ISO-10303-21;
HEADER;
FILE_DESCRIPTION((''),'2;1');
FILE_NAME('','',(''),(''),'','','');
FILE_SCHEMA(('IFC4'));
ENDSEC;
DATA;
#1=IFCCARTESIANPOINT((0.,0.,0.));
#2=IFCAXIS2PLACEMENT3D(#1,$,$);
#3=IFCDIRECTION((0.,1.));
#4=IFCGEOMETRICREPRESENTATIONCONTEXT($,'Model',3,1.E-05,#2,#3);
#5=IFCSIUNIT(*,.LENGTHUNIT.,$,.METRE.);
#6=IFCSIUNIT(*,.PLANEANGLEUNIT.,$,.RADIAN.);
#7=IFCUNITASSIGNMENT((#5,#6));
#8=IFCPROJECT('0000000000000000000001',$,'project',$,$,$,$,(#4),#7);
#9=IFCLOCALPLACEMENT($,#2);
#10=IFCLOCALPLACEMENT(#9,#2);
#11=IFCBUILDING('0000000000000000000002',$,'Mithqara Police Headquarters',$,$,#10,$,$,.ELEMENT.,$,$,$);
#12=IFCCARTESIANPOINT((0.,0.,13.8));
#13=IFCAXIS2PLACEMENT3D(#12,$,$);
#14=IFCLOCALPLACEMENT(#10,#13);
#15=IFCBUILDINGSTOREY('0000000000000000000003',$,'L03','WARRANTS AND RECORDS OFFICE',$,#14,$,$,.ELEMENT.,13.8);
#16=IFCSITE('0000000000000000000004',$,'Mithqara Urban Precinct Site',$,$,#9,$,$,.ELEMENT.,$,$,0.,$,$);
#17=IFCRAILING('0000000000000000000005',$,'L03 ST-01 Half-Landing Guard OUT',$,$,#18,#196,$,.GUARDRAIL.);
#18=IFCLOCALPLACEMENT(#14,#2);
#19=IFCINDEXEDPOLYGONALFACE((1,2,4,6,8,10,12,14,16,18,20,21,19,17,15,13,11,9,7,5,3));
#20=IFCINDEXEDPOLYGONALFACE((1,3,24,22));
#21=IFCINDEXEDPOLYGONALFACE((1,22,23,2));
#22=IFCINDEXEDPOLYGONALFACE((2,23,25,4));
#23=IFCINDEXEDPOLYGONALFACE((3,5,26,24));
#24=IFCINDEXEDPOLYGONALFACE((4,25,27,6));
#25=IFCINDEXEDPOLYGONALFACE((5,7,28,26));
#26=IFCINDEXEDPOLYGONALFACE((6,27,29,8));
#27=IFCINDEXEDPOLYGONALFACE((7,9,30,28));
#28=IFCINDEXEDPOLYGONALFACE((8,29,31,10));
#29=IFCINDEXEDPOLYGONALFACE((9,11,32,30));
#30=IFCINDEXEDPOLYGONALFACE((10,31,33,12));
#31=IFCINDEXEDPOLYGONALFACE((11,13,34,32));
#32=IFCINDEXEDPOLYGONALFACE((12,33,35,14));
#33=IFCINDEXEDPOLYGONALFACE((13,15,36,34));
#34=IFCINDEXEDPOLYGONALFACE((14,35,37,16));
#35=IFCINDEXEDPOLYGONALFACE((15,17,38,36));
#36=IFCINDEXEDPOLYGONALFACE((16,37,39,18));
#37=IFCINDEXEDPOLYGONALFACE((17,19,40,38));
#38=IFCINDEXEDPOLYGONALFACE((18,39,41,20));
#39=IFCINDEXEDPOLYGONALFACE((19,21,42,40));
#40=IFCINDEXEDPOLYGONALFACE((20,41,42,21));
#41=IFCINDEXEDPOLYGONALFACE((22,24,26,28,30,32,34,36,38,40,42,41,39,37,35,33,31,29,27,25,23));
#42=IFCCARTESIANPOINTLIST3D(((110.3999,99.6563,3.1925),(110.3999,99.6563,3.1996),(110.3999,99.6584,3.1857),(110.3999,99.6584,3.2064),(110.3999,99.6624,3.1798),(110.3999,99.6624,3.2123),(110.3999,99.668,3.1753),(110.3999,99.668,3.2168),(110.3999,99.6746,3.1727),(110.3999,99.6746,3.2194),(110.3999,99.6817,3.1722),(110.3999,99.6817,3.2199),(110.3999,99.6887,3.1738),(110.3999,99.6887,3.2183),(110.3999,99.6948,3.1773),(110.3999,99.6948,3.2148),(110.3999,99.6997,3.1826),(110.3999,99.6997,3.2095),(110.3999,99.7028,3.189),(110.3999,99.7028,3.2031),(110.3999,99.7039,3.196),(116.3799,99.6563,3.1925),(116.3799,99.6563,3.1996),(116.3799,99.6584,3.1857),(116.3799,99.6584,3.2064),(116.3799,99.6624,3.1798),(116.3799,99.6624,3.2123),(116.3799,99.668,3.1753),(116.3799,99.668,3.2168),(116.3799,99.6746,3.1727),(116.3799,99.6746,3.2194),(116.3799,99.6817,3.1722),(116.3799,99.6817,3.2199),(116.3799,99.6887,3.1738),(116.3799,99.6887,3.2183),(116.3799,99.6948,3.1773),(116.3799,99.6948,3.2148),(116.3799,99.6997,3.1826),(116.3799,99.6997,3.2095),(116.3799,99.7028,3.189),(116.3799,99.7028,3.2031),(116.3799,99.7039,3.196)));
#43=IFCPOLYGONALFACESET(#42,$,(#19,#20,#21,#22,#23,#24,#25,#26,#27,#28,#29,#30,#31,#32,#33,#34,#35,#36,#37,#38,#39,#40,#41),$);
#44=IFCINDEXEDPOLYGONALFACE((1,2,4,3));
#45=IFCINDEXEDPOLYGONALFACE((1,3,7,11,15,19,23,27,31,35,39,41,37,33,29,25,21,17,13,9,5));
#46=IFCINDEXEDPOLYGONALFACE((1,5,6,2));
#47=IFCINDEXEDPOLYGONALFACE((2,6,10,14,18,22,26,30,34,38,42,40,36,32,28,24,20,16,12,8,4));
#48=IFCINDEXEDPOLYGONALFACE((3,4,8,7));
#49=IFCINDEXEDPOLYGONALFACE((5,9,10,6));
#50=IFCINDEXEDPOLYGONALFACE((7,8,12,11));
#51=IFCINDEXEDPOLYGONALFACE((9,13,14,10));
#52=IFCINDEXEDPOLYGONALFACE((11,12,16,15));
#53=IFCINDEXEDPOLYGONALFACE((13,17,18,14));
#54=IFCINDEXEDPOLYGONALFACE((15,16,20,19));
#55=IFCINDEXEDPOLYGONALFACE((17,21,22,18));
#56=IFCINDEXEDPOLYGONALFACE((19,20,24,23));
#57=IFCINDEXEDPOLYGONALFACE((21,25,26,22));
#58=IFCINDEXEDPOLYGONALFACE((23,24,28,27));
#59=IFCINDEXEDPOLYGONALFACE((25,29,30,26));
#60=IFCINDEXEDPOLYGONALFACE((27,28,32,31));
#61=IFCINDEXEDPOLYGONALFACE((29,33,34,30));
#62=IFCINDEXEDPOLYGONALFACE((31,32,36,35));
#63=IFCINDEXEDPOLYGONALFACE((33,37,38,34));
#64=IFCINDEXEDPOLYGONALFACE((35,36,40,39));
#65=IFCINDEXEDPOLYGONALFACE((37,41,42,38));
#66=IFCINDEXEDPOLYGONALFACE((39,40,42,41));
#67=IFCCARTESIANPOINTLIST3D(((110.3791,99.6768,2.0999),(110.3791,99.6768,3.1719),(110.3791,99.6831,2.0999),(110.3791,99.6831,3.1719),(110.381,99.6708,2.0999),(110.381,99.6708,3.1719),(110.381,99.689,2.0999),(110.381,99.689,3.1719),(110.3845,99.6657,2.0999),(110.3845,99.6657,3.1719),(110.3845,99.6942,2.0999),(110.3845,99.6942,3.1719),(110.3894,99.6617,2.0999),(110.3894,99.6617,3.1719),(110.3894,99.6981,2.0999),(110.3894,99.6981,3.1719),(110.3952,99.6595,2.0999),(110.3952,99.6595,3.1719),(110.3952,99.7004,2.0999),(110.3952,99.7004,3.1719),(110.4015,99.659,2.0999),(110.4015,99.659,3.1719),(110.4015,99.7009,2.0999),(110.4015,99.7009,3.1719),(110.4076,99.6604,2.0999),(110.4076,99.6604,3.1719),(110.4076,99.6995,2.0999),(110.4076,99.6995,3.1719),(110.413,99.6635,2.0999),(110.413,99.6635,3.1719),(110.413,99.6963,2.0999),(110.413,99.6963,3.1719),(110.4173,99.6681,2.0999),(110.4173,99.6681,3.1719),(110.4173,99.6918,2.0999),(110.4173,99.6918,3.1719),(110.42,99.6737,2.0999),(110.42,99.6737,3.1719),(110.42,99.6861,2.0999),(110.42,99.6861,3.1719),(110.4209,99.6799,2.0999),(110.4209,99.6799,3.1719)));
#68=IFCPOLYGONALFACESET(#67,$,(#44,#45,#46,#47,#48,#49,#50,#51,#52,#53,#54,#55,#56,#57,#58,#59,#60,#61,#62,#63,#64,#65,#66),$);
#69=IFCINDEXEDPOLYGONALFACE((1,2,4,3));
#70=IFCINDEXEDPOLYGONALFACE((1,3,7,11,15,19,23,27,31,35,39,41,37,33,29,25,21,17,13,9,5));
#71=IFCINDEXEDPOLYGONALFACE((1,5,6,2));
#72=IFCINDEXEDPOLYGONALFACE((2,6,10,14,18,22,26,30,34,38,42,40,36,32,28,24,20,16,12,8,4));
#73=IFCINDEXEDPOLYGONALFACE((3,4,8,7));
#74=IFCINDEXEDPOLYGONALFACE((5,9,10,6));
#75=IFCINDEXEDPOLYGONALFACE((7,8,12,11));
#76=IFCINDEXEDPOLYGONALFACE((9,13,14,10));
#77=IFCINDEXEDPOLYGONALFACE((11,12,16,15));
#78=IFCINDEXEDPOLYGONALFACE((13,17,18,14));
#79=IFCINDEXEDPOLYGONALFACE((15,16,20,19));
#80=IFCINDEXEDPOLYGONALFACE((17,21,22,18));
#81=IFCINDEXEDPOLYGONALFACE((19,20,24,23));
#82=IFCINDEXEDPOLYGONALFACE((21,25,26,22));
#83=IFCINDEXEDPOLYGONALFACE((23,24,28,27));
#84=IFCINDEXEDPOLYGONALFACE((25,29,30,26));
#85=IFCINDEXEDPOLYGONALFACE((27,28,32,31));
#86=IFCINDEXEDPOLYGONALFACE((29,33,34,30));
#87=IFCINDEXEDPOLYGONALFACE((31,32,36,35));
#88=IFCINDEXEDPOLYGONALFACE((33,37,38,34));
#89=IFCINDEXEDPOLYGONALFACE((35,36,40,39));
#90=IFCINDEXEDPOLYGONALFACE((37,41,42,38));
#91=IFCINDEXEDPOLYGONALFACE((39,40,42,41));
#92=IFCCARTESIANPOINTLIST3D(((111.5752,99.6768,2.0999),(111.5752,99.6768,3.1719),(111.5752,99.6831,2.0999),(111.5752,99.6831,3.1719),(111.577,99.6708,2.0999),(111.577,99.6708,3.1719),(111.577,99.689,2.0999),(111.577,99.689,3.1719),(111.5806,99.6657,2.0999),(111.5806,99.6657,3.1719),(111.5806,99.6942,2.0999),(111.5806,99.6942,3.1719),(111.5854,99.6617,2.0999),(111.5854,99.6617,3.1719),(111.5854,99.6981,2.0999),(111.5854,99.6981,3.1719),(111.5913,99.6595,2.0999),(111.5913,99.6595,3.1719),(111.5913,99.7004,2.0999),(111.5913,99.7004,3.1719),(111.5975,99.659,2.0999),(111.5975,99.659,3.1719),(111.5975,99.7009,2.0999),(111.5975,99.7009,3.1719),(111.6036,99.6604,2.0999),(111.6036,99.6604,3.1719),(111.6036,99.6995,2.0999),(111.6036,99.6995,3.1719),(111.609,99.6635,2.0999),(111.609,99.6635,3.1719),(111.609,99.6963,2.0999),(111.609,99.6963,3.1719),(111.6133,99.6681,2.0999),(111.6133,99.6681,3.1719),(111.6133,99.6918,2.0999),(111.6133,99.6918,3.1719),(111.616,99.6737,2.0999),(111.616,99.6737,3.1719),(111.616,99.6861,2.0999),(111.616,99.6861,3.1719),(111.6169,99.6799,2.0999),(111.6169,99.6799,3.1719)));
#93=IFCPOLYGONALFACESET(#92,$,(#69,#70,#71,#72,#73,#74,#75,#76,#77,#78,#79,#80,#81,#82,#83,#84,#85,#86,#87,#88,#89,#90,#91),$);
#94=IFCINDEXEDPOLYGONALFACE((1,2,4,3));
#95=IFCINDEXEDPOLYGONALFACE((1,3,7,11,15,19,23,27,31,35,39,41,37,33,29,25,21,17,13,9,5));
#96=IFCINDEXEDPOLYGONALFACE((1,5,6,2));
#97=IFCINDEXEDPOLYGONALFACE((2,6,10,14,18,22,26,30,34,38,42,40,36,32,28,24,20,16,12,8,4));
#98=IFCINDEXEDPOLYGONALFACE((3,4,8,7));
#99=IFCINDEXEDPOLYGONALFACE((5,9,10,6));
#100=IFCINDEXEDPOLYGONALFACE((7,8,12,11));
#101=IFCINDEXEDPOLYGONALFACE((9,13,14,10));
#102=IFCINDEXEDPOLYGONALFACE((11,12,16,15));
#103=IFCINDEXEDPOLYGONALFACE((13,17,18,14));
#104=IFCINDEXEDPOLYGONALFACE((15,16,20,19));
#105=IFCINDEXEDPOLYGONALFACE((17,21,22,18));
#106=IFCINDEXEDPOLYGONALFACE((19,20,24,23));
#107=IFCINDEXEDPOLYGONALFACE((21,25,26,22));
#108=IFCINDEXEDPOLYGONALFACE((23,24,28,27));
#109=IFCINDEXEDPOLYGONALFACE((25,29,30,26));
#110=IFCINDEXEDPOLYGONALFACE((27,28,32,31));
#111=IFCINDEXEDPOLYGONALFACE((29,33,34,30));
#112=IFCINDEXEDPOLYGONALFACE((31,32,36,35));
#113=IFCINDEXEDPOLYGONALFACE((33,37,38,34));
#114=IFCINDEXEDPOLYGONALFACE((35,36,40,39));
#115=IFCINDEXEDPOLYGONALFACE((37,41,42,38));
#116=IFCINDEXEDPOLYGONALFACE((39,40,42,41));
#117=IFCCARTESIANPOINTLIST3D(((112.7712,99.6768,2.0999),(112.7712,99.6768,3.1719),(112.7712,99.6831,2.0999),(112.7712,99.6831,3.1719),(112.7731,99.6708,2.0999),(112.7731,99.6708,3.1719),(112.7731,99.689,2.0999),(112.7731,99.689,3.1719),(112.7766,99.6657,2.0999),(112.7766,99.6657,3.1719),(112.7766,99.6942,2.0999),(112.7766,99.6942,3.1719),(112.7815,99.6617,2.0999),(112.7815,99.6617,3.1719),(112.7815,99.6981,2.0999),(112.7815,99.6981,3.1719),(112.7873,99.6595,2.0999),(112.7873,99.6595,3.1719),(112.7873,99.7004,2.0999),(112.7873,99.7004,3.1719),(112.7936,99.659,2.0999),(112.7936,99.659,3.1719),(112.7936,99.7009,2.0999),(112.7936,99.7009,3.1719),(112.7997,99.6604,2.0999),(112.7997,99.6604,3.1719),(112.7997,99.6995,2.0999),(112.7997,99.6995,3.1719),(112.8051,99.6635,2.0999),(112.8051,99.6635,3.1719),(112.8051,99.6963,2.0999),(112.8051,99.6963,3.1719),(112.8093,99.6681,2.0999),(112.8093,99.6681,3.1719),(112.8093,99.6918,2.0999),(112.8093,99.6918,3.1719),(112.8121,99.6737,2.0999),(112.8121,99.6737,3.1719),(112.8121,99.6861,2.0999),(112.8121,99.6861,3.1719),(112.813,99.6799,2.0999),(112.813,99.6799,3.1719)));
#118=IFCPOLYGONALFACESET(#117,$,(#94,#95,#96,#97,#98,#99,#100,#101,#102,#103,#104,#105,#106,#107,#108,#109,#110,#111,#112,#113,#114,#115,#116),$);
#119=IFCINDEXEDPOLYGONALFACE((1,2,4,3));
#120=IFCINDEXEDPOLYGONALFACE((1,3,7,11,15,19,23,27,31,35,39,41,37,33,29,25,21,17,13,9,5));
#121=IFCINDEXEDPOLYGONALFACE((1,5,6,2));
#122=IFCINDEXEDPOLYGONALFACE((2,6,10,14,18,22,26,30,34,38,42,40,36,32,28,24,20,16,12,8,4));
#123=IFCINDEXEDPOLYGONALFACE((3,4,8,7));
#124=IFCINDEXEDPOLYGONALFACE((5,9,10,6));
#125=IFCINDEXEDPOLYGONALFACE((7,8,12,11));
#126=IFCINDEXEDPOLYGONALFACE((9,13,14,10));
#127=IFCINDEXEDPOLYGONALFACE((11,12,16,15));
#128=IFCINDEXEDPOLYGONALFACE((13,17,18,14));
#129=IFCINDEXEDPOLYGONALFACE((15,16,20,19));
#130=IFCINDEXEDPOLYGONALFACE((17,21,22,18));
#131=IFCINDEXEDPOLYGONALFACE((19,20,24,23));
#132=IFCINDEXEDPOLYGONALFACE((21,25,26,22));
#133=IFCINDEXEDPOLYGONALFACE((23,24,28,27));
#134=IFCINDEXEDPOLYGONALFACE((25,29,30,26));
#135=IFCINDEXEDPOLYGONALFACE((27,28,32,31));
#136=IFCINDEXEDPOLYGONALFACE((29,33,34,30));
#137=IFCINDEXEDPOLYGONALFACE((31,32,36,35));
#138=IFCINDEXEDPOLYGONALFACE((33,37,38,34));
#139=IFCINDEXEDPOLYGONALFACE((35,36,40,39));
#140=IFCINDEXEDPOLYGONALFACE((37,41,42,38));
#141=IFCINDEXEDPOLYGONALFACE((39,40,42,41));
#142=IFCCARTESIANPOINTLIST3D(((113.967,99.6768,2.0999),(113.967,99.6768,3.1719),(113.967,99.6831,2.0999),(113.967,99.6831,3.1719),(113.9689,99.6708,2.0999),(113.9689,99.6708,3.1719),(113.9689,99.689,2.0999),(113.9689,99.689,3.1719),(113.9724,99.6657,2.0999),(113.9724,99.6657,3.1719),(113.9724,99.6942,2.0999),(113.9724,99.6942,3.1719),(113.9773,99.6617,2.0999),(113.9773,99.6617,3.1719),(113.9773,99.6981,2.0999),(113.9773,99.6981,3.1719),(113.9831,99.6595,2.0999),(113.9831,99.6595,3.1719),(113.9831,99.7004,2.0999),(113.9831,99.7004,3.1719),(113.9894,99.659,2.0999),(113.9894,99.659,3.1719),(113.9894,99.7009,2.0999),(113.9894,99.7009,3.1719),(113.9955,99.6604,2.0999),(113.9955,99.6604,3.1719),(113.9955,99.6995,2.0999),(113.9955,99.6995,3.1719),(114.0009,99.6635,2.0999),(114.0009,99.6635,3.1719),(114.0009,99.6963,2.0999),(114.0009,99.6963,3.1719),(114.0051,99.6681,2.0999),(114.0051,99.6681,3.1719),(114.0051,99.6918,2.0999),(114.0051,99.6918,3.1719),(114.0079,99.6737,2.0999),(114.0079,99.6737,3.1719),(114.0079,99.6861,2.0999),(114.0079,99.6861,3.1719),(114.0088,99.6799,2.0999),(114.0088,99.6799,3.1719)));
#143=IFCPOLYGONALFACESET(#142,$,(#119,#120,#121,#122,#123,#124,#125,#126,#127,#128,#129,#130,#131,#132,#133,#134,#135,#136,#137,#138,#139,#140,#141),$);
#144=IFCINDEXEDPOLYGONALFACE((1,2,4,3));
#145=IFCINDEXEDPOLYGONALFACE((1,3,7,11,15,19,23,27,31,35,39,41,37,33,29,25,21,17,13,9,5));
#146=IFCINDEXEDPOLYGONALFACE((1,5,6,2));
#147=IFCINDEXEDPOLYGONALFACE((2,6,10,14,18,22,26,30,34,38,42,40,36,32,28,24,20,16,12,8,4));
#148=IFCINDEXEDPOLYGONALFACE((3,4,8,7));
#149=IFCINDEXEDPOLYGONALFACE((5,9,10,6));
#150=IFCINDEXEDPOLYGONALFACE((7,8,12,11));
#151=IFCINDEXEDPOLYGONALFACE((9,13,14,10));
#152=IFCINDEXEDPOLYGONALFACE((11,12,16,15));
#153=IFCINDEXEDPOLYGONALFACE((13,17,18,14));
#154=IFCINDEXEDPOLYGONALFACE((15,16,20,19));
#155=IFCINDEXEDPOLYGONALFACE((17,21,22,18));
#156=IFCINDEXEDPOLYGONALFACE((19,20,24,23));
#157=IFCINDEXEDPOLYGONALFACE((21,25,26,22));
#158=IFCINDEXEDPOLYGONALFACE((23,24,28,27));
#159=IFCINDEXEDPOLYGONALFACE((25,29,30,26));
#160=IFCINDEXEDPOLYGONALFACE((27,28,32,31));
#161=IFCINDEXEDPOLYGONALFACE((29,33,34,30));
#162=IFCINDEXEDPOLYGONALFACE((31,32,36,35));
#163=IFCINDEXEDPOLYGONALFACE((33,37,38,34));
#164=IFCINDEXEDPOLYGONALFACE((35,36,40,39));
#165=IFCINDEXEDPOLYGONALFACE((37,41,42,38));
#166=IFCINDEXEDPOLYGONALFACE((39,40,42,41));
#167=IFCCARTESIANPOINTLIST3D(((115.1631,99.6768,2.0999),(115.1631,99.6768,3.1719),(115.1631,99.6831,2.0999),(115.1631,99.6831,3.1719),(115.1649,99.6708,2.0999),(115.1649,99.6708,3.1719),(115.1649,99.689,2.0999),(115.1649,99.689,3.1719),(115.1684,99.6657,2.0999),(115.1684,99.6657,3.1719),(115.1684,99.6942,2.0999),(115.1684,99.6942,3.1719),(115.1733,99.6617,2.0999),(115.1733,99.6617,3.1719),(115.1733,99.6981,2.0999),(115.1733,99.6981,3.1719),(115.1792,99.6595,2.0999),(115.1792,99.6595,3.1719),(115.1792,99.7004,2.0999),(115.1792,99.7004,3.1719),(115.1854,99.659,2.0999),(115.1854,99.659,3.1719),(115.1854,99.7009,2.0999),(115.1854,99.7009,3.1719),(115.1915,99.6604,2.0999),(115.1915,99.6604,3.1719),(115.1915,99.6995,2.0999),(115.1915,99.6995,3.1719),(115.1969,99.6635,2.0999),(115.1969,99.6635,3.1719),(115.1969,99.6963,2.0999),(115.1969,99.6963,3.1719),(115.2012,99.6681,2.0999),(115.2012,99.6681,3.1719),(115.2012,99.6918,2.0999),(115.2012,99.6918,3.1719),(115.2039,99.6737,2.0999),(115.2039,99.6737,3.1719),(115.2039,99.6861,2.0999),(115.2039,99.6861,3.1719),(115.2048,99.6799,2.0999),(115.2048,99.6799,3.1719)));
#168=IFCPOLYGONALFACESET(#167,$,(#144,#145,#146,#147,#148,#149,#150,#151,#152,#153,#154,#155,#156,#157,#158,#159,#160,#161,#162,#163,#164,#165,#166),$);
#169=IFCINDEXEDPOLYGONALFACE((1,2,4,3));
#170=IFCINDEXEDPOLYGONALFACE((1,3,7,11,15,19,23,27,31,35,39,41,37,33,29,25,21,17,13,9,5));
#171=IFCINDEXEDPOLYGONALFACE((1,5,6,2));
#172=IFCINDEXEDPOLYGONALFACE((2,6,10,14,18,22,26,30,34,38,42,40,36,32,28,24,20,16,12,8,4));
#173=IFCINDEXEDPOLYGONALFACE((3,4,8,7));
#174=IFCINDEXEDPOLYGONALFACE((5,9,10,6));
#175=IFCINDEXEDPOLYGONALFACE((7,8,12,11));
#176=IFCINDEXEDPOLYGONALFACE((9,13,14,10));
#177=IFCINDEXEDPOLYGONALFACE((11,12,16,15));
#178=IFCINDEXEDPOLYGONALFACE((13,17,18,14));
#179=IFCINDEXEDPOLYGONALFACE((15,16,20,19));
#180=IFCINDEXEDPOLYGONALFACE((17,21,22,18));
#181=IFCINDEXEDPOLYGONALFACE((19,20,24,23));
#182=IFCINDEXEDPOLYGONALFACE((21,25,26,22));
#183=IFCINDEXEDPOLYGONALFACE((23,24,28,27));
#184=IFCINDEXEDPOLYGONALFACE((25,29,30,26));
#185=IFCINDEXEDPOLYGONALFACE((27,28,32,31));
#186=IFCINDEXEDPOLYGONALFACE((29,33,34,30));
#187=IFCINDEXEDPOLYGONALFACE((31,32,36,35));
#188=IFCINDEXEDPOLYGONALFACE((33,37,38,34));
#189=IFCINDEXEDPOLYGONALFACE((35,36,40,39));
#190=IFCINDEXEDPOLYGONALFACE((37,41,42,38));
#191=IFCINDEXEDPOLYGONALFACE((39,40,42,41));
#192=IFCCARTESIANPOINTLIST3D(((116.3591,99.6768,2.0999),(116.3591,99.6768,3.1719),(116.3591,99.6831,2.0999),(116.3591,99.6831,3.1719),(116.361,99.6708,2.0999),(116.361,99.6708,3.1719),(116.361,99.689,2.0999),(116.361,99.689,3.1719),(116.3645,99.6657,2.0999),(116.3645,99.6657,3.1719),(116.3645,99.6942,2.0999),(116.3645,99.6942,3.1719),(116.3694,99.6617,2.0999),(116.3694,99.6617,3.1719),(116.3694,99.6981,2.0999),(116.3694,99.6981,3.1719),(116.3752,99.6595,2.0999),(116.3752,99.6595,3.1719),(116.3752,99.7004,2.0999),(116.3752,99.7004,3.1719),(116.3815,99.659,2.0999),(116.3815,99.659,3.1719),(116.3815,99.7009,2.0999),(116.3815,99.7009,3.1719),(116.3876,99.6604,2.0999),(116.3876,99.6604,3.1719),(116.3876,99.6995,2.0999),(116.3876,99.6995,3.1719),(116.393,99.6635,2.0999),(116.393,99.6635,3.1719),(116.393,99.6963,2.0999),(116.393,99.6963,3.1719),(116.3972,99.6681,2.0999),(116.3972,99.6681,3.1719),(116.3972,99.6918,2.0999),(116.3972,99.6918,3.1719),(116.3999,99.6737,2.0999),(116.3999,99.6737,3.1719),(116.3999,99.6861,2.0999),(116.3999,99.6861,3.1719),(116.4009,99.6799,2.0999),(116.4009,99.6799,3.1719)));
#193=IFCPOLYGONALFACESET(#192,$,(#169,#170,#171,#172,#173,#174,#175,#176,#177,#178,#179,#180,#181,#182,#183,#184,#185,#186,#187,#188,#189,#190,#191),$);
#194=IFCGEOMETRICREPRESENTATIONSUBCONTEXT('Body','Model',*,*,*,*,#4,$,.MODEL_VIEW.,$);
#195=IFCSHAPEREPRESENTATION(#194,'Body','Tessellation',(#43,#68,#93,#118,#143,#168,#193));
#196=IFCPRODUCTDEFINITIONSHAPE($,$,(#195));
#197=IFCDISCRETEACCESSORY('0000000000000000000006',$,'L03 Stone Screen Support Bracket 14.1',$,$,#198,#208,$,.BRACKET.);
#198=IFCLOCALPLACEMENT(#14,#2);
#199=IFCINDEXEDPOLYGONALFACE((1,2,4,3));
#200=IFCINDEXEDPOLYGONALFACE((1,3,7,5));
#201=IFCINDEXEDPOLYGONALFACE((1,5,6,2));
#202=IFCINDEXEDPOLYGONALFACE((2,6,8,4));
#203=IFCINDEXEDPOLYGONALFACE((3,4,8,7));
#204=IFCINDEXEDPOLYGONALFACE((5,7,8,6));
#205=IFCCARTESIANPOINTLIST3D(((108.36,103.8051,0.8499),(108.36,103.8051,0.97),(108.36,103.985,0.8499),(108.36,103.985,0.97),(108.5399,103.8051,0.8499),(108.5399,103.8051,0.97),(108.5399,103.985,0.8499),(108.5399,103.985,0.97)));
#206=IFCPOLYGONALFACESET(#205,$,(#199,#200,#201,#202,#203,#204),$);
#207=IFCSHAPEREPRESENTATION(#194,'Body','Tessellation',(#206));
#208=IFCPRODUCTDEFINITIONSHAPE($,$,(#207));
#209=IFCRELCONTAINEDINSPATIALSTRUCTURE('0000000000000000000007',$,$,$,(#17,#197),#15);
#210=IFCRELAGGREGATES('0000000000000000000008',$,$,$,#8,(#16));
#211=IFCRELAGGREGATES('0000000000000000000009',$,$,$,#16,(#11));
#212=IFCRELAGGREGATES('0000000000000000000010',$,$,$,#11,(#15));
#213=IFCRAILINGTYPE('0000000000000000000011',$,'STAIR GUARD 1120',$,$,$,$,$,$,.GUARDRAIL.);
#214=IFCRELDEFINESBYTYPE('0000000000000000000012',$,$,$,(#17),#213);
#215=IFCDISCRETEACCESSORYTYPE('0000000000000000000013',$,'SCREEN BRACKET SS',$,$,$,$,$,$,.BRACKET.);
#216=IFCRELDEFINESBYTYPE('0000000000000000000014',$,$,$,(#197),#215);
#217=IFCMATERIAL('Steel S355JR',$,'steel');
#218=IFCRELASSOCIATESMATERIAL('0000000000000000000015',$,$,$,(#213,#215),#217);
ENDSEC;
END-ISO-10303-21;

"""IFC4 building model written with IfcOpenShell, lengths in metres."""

from ifc_helpers import new_model, si_unit, direction, frame, origin, origin_2d, place, context, subcontext, project, spatial, rectangle, circle, extrude, material, type_object, element, save


model = new_model("IFC4")

# Units and contexts
model_context = context("Model", 3, precision=1e-05, world=origin(), true_north=direction((0.0, 1.0)))
body_context = subcontext(model_context, "Body", "Model", "MODEL_VIEW")
ifc_project = project(units=[si_unit("LENGTHUNIT", "METRE"), si_unit("PLANEANGLEUNIT", "RADIAN")], contexts=[model_context])

# Site, building, storey
site_placement = place(None, origin())
site = spatial("IfcSite", under=ifc_project, at=site_placement, Name="Mithqara Urban Precinct Site", CompositionType="ELEMENT", RefElevation=0.0)
building_placement = place(site_placement, origin())
building = spatial("IfcBuilding", under=site, at=building_placement, Name="Mithqara Police Headquarters", CompositionType="ELEMENT")
storey_placement = place(building_placement, frame((0.0, 0.0, 13.8)))
storey = spatial("IfcBuildingStorey", under=building, at=storey_placement, Name="L03", Description="WARRANTS AND RECORDS OFFICE", CompositionType="ELEMENT", Elevation=13.8)

# Shared definitions
ifc_material_1 = material(Name="Steel S355JR", Category="steel")

# Railing
railing_type_1 = type_object("IfcRailingType", Name="STAIR GUARD 1120", PredefinedType="GUARDRAIL", material=ifc_material_1)
for number, where, name in (
    (1, (110.3999, 99.6799, 2.0999), "L03 ST-01 Half-Landing Guard OUT"),
):
    element("IfcRailing", number, at=place(storey_placement, frame(where)), inside=storey, type_object=railing_type_1, Name=name, PredefinedType="GUARDRAIL", context=body_context, shape_type="SweptSolid", body=[
        extrude(circle(Radius=0.0239, at=origin_2d()), frame((0.0, 0.0, 1.0962), z_axis=(1.0, 0.0, 0.0), x_axis=(0.0, 1.0, 0.0)), (0.0, 0.0, 1.0), 5.98),
        extrude(circle(Radius=0.021, at=origin_2d()), origin(), (0.0, 0.0, 1.0), 1.072),
        extrude(circle(Radius=0.021, at=origin_2d()), frame((1.196, 0.0, 0.0)), (0.0, 0.0, 1.0), 1.072),
        extrude(circle(Radius=0.021, at=origin_2d()), frame((2.3921, 0.0, 0.0)), (0.0, 0.0, 1.0), 1.072),
        extrude(circle(Radius=0.021, at=origin_2d()), frame((3.5879, 0.0, 0.0)), (0.0, 0.0, 1.0), 1.072),
        extrude(circle(Radius=0.021, at=origin_2d()), frame((4.7839, 0.0, 0.0)), (0.0, 0.0, 1.0), 1.072),
        extrude(circle(Radius=0.021, at=origin_2d()), frame((5.98, 0.0, 0.0)), (0.0, 0.0, 1.0), 1.072),
    ])

# Discrete accessory
discrete_accessory_type = type_object("IfcDiscreteAccessoryType", Name="SCREEN BRACKET SS", PredefinedType="BRACKET", material=ifc_material_1)
discrete_accessory_placement = place(storey_placement, frame((108.45, 103.895, 0.8499), z_axis=(0.0, 0.0, 1.0), x_axis=(0.0, 1.0, 0.0)))
element("IfcDiscreteAccessory", 2, at=discrete_accessory_placement, inside=storey, type_object=discrete_accessory_type, Name="L03 Stone Screen Support Bracket 14.1", PredefinedType="BRACKET", context=body_context, shape_type="SweptSolid", body=[
    extrude(rectangle(XDim=0.1799, YDim=0.1799, at=origin_2d()), origin(), (0.0, 0.0, 1.0), 0.1201),
])

save(model, "model.ifc")
